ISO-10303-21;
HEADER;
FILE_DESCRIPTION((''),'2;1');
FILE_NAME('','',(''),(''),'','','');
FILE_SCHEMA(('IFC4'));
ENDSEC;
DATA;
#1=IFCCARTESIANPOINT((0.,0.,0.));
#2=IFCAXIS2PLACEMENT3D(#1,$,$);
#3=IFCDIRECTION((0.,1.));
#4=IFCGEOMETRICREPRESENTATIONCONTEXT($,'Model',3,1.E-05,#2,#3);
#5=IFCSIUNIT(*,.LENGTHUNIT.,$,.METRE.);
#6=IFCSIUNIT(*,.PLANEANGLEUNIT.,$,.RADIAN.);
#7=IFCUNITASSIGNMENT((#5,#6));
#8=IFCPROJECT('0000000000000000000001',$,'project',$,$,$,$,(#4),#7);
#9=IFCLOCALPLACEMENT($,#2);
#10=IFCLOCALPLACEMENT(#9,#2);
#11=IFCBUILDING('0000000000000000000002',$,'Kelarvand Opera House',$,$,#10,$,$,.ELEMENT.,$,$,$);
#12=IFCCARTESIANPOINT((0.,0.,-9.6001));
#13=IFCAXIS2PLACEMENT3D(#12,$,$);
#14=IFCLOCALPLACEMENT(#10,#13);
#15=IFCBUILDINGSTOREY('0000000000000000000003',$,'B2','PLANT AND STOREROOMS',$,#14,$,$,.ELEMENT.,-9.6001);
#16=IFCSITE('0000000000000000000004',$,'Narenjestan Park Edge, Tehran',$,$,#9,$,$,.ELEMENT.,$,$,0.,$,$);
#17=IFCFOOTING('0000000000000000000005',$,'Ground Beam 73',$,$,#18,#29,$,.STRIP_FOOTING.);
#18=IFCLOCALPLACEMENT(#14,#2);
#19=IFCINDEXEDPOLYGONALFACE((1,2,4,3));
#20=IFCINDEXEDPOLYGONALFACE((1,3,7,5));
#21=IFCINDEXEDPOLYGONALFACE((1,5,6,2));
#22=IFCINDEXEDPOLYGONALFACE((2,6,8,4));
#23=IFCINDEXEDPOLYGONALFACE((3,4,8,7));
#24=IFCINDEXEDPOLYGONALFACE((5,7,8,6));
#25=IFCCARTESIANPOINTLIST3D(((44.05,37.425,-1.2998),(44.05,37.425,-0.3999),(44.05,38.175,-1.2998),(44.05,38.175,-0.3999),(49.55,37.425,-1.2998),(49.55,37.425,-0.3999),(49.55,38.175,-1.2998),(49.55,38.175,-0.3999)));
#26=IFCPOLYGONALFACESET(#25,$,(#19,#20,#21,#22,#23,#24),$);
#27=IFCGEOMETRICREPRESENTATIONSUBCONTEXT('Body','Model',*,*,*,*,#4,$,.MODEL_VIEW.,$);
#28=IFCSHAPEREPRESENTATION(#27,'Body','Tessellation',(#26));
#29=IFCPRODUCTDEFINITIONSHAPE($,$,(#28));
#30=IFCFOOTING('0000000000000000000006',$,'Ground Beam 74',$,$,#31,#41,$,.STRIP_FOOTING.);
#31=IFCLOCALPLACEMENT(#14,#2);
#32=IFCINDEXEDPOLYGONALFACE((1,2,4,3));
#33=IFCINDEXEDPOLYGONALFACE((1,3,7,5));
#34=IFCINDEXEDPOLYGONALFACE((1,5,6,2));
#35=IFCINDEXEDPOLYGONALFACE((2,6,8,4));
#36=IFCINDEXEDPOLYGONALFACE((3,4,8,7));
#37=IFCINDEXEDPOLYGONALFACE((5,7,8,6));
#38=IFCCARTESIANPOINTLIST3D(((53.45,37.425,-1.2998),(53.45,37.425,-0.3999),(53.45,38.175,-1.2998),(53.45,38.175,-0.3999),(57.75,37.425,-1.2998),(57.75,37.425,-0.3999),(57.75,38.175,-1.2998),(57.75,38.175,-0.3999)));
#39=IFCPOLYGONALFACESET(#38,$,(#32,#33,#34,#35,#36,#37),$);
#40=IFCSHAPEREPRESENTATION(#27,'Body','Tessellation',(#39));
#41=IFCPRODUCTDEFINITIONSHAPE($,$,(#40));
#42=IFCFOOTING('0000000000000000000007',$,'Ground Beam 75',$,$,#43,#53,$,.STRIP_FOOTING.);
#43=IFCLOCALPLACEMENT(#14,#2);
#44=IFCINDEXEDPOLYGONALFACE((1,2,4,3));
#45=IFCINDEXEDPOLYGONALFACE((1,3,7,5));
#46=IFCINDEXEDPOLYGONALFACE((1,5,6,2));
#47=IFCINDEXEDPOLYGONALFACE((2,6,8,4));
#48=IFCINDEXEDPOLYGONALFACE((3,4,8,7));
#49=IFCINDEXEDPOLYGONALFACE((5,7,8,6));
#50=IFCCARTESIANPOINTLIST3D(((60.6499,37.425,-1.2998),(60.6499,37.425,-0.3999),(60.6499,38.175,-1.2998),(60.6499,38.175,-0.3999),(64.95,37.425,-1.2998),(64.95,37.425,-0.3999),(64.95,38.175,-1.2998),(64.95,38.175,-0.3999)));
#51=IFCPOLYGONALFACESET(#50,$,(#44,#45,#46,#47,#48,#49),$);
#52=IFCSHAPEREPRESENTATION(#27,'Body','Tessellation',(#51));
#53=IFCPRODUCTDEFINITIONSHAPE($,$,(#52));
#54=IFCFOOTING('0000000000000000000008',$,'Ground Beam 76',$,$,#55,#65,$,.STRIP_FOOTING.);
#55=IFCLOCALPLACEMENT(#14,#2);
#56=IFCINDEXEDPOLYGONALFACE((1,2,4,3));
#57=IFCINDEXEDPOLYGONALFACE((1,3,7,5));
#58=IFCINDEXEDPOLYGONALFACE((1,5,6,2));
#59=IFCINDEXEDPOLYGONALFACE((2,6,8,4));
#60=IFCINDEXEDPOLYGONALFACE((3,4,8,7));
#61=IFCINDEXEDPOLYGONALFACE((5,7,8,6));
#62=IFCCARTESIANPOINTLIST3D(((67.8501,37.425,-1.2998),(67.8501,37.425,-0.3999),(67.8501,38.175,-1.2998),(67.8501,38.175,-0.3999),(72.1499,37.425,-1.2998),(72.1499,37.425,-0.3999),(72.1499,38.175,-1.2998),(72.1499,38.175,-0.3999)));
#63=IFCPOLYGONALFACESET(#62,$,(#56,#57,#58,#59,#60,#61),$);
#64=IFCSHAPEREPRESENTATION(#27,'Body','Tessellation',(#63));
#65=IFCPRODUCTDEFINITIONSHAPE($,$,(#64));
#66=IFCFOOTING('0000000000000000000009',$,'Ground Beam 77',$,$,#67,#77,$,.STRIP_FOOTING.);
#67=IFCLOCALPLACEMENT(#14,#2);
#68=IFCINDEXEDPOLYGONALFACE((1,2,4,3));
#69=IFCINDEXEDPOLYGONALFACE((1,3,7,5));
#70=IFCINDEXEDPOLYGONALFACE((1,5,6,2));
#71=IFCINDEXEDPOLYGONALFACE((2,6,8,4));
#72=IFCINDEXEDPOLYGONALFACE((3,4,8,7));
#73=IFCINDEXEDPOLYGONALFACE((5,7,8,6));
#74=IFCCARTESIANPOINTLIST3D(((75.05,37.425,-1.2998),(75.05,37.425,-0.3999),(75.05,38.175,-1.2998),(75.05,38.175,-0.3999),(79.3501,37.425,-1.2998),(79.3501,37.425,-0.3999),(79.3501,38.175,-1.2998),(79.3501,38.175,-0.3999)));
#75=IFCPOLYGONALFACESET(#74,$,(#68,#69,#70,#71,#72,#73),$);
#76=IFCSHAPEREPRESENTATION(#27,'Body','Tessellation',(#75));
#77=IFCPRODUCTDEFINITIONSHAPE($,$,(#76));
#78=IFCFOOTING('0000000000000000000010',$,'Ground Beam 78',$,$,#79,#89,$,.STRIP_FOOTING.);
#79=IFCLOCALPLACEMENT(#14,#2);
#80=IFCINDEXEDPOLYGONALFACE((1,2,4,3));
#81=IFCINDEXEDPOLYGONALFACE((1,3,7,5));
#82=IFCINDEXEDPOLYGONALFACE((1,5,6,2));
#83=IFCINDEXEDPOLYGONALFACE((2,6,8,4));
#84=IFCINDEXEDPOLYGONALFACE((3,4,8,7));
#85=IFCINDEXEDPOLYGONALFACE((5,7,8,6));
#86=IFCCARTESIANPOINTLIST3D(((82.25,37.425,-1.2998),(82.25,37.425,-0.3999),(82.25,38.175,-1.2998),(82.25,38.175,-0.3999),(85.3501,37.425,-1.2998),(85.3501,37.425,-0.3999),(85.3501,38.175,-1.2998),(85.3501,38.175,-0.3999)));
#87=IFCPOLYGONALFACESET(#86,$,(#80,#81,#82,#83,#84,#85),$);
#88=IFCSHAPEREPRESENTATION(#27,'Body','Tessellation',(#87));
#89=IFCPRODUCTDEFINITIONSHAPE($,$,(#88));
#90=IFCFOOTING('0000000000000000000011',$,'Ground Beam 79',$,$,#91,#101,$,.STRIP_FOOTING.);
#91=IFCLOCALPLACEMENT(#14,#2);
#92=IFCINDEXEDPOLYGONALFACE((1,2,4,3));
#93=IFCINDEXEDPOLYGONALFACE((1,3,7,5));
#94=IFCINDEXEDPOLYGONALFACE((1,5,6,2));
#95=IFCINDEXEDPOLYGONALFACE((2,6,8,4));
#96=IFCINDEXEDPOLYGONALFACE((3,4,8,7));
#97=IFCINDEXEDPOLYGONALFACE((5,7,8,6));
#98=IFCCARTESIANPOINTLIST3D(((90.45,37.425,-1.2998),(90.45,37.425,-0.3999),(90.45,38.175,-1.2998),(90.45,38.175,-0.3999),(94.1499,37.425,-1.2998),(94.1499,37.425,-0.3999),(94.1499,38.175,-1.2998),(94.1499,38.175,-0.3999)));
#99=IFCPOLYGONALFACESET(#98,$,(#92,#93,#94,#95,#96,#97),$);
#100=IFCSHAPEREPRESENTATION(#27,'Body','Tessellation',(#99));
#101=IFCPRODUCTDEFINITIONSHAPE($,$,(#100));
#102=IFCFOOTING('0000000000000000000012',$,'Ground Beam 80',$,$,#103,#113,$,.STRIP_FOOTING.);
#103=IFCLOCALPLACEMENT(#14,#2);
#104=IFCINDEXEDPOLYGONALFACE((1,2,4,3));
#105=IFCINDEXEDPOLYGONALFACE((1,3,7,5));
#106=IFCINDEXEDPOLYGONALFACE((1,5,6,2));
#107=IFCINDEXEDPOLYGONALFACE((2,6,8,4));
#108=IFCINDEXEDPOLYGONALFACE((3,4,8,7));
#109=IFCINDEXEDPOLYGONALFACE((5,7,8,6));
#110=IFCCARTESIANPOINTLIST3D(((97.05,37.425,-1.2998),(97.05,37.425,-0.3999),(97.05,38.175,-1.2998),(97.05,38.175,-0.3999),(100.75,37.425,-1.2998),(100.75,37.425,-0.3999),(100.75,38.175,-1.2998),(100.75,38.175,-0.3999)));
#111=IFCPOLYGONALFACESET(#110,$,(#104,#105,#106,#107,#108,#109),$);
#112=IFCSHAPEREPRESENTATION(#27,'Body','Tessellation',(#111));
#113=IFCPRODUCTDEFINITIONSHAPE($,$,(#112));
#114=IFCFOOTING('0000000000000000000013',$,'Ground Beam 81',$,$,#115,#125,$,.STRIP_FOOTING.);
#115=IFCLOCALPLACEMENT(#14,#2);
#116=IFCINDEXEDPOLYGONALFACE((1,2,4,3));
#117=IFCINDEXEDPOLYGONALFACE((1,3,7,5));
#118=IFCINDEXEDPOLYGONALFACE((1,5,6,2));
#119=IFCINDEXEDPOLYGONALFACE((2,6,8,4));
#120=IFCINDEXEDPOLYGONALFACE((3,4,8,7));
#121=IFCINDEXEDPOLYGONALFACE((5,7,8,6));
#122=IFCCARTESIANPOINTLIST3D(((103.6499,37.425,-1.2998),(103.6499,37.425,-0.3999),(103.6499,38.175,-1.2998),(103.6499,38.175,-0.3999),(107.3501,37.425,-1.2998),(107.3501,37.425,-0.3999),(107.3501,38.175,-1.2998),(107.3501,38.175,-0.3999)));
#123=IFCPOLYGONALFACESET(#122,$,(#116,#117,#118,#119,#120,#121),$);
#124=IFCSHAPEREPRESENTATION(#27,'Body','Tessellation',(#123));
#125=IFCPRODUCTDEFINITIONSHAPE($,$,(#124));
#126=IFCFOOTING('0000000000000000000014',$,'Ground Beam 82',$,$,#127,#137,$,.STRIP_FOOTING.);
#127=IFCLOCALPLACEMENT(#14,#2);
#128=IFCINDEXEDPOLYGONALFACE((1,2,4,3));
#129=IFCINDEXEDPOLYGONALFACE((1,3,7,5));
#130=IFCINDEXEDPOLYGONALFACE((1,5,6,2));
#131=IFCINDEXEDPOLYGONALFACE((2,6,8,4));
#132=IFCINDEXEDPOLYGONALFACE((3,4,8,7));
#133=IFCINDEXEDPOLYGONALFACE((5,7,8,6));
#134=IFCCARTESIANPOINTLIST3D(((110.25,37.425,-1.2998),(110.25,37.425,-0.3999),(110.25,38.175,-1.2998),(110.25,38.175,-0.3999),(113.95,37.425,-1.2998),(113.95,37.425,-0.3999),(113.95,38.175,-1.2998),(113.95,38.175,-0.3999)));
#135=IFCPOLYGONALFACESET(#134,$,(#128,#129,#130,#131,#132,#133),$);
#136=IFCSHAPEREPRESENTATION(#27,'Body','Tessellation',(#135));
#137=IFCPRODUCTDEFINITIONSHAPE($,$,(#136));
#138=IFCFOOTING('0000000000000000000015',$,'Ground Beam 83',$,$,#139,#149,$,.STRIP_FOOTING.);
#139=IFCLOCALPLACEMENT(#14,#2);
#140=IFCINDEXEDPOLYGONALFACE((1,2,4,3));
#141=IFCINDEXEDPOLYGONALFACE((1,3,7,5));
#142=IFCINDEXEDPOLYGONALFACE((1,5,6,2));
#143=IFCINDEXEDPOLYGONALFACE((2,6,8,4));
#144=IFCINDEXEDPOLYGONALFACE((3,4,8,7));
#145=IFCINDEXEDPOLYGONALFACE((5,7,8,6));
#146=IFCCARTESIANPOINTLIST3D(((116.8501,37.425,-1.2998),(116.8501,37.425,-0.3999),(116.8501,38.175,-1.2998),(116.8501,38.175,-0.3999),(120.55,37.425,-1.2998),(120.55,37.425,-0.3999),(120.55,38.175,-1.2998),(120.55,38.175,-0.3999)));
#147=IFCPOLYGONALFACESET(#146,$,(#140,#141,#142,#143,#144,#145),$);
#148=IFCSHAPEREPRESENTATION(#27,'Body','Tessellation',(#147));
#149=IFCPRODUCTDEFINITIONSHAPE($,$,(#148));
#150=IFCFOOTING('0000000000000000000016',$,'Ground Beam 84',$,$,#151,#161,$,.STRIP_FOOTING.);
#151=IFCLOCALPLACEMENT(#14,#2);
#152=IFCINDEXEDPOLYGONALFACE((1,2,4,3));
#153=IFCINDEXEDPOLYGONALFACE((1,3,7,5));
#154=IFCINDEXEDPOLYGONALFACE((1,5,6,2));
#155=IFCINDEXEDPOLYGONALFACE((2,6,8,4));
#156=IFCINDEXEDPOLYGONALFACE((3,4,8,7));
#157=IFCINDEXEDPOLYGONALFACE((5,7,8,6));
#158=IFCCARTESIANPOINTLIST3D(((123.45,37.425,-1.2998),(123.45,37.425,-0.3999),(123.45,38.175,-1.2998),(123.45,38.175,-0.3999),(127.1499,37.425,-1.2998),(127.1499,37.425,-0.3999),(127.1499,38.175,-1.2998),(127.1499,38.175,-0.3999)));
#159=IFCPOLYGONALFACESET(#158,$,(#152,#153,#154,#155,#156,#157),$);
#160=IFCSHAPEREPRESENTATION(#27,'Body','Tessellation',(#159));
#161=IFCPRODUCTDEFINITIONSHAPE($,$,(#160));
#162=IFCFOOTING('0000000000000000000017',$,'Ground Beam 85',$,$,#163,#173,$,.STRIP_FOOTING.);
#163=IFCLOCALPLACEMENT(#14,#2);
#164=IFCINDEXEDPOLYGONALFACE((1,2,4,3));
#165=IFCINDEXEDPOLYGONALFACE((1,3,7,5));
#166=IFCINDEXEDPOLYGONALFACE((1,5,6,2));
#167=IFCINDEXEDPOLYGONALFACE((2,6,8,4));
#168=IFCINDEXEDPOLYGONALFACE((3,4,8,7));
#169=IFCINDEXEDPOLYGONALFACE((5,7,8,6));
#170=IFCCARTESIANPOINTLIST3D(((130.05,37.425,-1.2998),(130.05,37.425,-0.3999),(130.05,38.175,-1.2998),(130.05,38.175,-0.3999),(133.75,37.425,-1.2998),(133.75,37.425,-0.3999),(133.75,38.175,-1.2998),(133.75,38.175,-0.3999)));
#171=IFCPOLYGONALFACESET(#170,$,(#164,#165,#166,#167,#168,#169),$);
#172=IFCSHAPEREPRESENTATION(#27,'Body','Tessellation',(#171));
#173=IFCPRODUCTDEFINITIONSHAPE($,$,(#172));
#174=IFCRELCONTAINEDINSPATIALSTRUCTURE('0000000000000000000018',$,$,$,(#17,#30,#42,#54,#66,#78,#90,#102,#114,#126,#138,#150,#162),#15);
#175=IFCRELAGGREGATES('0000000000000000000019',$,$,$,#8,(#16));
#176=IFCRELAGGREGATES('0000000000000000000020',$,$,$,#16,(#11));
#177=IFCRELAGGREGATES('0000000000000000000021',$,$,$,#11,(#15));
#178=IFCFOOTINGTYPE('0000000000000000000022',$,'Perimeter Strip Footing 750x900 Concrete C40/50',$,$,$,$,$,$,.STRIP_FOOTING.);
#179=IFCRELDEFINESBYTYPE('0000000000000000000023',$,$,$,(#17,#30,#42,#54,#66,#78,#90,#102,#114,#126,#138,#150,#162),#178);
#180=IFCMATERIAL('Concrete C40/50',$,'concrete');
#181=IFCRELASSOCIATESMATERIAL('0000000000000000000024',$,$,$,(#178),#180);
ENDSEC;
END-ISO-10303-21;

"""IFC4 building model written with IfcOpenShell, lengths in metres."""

from ifc_helpers import new_model, si_unit, direction, frame, origin, place, context, subcontext, project, spatial, polyline, outline, extrude, material, type_object, element, save


model = new_model("IFC4")

# Units and contexts
model_context = context("Model", 3, precision=1e-05, world=origin(), true_north=direction((0.0, 1.0)))
body_context = subcontext(model_context, "Body", "Model", "MODEL_VIEW")
ifc_project = project(units=[si_unit("LENGTHUNIT", "METRE"), si_unit("PLANEANGLEUNIT", "RADIAN")], contexts=[model_context])

# Site, building, storey
site_placement = place(None, origin())
site = spatial("IfcSite", under=ifc_project, at=site_placement, Name="Narenjestan Park Edge, Tehran", CompositionType="ELEMENT", RefElevation=0.0)
building_placement = place(site_placement, origin())
building = spatial("IfcBuilding", under=site, at=building_placement, Name="Kelarvand Opera House", CompositionType="ELEMENT")
storey_placement = place(building_placement, frame((0.0, 0.0, -9.6001)))
storey = spatial("IfcBuildingStorey", under=building, at=storey_placement, Name="B2", Description="PLANT AND STOREROOMS", CompositionType="ELEMENT", Elevation=-9.6001)

# Footings
ifc_material = material(Name="Concrete C40/50", Category="concrete")
footing_type_1 = type_object("IfcFootingType", Name="Perimeter Strip Footing 750x900 Concrete C40/50", PredefinedType="STRIP_FOOTING", material=ifc_material)
footing_1_placement = place(storey_placement, frame((0.0, 0.0, -1.2998)))
element("IfcFooting", 1, at=footing_1_placement, inside=storey, type_object=footing_type_1, Name="Ground Beam 73", PredefinedType="STRIP_FOOTING", context=body_context, shape_type="SweptSolid", body=[
    extrude(outline(polyline([(44.05, 37.425), (49.55, 37.425), (49.55, 38.175), (44.05, 38.175), (44.05, 37.425)])), origin(), (0.0, 0.0, 1.0), 0.8999),
])
footing_2_placement = place(storey_placement, frame((0.0, 0.0, -1.2998)))
element("IfcFooting", 2, at=footing_2_placement, inside=storey, type_object=footing_type_1, Name="Ground Beam 74", PredefinedType="STRIP_FOOTING", context=body_context, shape_type="SweptSolid", body=[
    extrude(outline(polyline([(53.45, 37.425), (57.75, 37.425), (57.75, 38.175), (53.45, 38.175), (53.45, 37.425)])), origin(), (0.0, 0.0, 1.0), 0.8999),
])
footing_3_placement = place(storey_placement, frame((0.0, 0.0, -1.2998)))
element("IfcFooting", 3, at=footing_3_placement, inside=storey, type_object=footing_type_1, Name="Ground Beam 75", PredefinedType="STRIP_FOOTING", context=body_context, shape_type="SweptSolid", body=[
    extrude(outline(polyline([(60.6499, 37.425), (64.95, 37.425), (64.95, 38.175), (60.6499, 38.175), (60.6499, 37.425)])), origin(), (0.0, 0.0, 1.0), 0.8999),
])
footing_4_placement = place(storey_placement, frame((0.0, 0.0, -1.2998)))
element("IfcFooting", 4, at=footing_4_placement, inside=storey, type_object=footing_type_1, Name="Ground Beam 76", PredefinedType="STRIP_FOOTING", context=body_context, shape_type="SweptSolid", body=[
    extrude(outline(polyline([(67.8501, 37.425), (72.1499, 37.425), (72.1499, 38.175), (67.8501, 38.175), (67.8501, 37.425)])), origin(), (0.0, 0.0, 1.0), 0.8999),
])
footing_5_placement = place(storey_placement, frame((0.0, 0.0, -1.2998)))
element("IfcFooting", 5, at=footing_5_placement, inside=storey, type_object=footing_type_1, Name="Ground Beam 77", PredefinedType="STRIP_FOOTING", context=body_context, shape_type="SweptSolid", body=[
    extrude(outline(polyline([(75.05, 37.425), (79.3501, 37.425), (79.3501, 38.175), (75.05, 38.175), (75.05, 37.425)])), origin(), (0.0, 0.0, 1.0), 0.8999),
])
footing_6_placement = place(storey_placement, frame((0.0, 0.0, -1.2998)))
element("IfcFooting", 6, at=footing_6_placement, inside=storey, type_object=footing_type_1, Name="Ground Beam 78", PredefinedType="STRIP_FOOTING", context=body_context, shape_type="SweptSolid", body=[
    extrude(outline(polyline([(82.25, 37.425), (85.3501, 37.425), (85.3501, 38.175), (82.25, 38.175), (82.25, 37.425)])), origin(), (0.0, 0.0, 1.0), 0.8999),
])
footing_7_placement = place(storey_placement, frame((0.0, 0.0, -1.2998)))
element("IfcFooting", 7, at=footing_7_placement, inside=storey, type_object=footing_type_1, Name="Ground Beam 79", PredefinedType="STRIP_FOOTING", context=body_context, shape_type="SweptSolid", body=[
    extrude(outline(polyline([(90.45, 37.425), (94.1499, 37.425), (94.1499, 38.175), (90.45, 38.175), (90.45, 37.425)])), origin(), (0.0, 0.0, 1.0), 0.8999),
])
footing_8_placement = place(storey_placement, frame((0.0, 0.0, -1.2998)))
element("IfcFooting", 8, at=footing_8_placement, inside=storey, type_object=footing_type_1, Name="Ground Beam 80", PredefinedType="STRIP_FOOTING", context=body_context, shape_type="SweptSolid", body=[
    extrude(outline(polyline([(97.05, 37.425), (100.75, 37.425), (100.75, 38.175), (97.05, 38.175), (97.05, 37.425)])), origin(), (0.0, 0.0, 1.0), 0.8999),
])
footing_9_placement = place(storey_placement, frame((0.0, 0.0, -1.2998)))
element("IfcFooting", 9, at=footing_9_placement, inside=storey, type_object=footing_type_1, Name="Ground Beam 81", PredefinedType="STRIP_FOOTING", context=body_context, shape_type="SweptSolid", body=[
    extrude(outline(polyline([(103.6499, 37.425), (107.3501, 37.425), (107.3501, 38.175), (103.6499, 38.175), (103.6499, 37.425)])), origin(), (0.0, 0.0, 1.0), 0.8999),
])
footing_10_placement = place(storey_placement, frame((0.0, 0.0, -1.2998)))
element("IfcFooting", 10, at=footing_10_placement, inside=storey, type_object=footing_type_1, Name="Ground Beam 82", PredefinedType="STRIP_FOOTING", context=body_context, shape_type="SweptSolid", body=[
    extrude(outline(polyline([(110.25, 37.425), (113.95, 37.425), (113.95, 38.175), (110.25, 38.175), (110.25, 37.425)])), origin(), (0.0, 0.0, 1.0), 0.8999),
])
footing_11_placement = place(storey_placement, frame((0.0, 0.0, -1.2998)))
element("IfcFooting", 11, at=footing_11_placement, inside=storey, type_object=footing_type_1, Name="Ground Beam 83", PredefinedType="STRIP_FOOTING", context=body_context, shape_type="SweptSolid", body=[
    extrude(outline(polyline([(116.8501, 37.425), (120.55, 37.425), (120.55, 38.175), (116.8501, 38.175), (116.8501, 37.425)])), origin(), (0.0, 0.0, 1.0), 0.8999),
])
footing_12_placement = place(storey_placement, frame((0.0, 0.0, -1.2998)))
element("IfcFooting", 12, at=footing_12_placement, inside=storey, type_object=footing_type_1, Name="Ground Beam 84", PredefinedType="STRIP_FOOTING", context=body_context, shape_type="SweptSolid", body=[
    extrude(outline(polyline([(123.45, 37.425), (127.1499, 37.425), (127.1499, 38.175), (123.45, 38.175), (123.45, 37.425)])), origin(), (0.0, 0.0, 1.0), 0.8999),
])
footing_13_placement = place(storey_placement, frame((0.0, 0.0, -1.2998)))
element("IfcFooting", 13, at=footing_13_placement, inside=storey, type_object=footing_type_1, Name="Ground Beam 85", PredefinedType="STRIP_FOOTING", context=body_context, shape_type="SweptSolid", body=[
    extrude(outline(polyline([(130.05, 37.425), (133.75, 37.425), (133.75, 38.175), (130.05, 38.175), (130.05, 37.425)])), origin(), (0.0, 0.0, 1.0), 0.8999),
])

save(model, "model.ifc")
